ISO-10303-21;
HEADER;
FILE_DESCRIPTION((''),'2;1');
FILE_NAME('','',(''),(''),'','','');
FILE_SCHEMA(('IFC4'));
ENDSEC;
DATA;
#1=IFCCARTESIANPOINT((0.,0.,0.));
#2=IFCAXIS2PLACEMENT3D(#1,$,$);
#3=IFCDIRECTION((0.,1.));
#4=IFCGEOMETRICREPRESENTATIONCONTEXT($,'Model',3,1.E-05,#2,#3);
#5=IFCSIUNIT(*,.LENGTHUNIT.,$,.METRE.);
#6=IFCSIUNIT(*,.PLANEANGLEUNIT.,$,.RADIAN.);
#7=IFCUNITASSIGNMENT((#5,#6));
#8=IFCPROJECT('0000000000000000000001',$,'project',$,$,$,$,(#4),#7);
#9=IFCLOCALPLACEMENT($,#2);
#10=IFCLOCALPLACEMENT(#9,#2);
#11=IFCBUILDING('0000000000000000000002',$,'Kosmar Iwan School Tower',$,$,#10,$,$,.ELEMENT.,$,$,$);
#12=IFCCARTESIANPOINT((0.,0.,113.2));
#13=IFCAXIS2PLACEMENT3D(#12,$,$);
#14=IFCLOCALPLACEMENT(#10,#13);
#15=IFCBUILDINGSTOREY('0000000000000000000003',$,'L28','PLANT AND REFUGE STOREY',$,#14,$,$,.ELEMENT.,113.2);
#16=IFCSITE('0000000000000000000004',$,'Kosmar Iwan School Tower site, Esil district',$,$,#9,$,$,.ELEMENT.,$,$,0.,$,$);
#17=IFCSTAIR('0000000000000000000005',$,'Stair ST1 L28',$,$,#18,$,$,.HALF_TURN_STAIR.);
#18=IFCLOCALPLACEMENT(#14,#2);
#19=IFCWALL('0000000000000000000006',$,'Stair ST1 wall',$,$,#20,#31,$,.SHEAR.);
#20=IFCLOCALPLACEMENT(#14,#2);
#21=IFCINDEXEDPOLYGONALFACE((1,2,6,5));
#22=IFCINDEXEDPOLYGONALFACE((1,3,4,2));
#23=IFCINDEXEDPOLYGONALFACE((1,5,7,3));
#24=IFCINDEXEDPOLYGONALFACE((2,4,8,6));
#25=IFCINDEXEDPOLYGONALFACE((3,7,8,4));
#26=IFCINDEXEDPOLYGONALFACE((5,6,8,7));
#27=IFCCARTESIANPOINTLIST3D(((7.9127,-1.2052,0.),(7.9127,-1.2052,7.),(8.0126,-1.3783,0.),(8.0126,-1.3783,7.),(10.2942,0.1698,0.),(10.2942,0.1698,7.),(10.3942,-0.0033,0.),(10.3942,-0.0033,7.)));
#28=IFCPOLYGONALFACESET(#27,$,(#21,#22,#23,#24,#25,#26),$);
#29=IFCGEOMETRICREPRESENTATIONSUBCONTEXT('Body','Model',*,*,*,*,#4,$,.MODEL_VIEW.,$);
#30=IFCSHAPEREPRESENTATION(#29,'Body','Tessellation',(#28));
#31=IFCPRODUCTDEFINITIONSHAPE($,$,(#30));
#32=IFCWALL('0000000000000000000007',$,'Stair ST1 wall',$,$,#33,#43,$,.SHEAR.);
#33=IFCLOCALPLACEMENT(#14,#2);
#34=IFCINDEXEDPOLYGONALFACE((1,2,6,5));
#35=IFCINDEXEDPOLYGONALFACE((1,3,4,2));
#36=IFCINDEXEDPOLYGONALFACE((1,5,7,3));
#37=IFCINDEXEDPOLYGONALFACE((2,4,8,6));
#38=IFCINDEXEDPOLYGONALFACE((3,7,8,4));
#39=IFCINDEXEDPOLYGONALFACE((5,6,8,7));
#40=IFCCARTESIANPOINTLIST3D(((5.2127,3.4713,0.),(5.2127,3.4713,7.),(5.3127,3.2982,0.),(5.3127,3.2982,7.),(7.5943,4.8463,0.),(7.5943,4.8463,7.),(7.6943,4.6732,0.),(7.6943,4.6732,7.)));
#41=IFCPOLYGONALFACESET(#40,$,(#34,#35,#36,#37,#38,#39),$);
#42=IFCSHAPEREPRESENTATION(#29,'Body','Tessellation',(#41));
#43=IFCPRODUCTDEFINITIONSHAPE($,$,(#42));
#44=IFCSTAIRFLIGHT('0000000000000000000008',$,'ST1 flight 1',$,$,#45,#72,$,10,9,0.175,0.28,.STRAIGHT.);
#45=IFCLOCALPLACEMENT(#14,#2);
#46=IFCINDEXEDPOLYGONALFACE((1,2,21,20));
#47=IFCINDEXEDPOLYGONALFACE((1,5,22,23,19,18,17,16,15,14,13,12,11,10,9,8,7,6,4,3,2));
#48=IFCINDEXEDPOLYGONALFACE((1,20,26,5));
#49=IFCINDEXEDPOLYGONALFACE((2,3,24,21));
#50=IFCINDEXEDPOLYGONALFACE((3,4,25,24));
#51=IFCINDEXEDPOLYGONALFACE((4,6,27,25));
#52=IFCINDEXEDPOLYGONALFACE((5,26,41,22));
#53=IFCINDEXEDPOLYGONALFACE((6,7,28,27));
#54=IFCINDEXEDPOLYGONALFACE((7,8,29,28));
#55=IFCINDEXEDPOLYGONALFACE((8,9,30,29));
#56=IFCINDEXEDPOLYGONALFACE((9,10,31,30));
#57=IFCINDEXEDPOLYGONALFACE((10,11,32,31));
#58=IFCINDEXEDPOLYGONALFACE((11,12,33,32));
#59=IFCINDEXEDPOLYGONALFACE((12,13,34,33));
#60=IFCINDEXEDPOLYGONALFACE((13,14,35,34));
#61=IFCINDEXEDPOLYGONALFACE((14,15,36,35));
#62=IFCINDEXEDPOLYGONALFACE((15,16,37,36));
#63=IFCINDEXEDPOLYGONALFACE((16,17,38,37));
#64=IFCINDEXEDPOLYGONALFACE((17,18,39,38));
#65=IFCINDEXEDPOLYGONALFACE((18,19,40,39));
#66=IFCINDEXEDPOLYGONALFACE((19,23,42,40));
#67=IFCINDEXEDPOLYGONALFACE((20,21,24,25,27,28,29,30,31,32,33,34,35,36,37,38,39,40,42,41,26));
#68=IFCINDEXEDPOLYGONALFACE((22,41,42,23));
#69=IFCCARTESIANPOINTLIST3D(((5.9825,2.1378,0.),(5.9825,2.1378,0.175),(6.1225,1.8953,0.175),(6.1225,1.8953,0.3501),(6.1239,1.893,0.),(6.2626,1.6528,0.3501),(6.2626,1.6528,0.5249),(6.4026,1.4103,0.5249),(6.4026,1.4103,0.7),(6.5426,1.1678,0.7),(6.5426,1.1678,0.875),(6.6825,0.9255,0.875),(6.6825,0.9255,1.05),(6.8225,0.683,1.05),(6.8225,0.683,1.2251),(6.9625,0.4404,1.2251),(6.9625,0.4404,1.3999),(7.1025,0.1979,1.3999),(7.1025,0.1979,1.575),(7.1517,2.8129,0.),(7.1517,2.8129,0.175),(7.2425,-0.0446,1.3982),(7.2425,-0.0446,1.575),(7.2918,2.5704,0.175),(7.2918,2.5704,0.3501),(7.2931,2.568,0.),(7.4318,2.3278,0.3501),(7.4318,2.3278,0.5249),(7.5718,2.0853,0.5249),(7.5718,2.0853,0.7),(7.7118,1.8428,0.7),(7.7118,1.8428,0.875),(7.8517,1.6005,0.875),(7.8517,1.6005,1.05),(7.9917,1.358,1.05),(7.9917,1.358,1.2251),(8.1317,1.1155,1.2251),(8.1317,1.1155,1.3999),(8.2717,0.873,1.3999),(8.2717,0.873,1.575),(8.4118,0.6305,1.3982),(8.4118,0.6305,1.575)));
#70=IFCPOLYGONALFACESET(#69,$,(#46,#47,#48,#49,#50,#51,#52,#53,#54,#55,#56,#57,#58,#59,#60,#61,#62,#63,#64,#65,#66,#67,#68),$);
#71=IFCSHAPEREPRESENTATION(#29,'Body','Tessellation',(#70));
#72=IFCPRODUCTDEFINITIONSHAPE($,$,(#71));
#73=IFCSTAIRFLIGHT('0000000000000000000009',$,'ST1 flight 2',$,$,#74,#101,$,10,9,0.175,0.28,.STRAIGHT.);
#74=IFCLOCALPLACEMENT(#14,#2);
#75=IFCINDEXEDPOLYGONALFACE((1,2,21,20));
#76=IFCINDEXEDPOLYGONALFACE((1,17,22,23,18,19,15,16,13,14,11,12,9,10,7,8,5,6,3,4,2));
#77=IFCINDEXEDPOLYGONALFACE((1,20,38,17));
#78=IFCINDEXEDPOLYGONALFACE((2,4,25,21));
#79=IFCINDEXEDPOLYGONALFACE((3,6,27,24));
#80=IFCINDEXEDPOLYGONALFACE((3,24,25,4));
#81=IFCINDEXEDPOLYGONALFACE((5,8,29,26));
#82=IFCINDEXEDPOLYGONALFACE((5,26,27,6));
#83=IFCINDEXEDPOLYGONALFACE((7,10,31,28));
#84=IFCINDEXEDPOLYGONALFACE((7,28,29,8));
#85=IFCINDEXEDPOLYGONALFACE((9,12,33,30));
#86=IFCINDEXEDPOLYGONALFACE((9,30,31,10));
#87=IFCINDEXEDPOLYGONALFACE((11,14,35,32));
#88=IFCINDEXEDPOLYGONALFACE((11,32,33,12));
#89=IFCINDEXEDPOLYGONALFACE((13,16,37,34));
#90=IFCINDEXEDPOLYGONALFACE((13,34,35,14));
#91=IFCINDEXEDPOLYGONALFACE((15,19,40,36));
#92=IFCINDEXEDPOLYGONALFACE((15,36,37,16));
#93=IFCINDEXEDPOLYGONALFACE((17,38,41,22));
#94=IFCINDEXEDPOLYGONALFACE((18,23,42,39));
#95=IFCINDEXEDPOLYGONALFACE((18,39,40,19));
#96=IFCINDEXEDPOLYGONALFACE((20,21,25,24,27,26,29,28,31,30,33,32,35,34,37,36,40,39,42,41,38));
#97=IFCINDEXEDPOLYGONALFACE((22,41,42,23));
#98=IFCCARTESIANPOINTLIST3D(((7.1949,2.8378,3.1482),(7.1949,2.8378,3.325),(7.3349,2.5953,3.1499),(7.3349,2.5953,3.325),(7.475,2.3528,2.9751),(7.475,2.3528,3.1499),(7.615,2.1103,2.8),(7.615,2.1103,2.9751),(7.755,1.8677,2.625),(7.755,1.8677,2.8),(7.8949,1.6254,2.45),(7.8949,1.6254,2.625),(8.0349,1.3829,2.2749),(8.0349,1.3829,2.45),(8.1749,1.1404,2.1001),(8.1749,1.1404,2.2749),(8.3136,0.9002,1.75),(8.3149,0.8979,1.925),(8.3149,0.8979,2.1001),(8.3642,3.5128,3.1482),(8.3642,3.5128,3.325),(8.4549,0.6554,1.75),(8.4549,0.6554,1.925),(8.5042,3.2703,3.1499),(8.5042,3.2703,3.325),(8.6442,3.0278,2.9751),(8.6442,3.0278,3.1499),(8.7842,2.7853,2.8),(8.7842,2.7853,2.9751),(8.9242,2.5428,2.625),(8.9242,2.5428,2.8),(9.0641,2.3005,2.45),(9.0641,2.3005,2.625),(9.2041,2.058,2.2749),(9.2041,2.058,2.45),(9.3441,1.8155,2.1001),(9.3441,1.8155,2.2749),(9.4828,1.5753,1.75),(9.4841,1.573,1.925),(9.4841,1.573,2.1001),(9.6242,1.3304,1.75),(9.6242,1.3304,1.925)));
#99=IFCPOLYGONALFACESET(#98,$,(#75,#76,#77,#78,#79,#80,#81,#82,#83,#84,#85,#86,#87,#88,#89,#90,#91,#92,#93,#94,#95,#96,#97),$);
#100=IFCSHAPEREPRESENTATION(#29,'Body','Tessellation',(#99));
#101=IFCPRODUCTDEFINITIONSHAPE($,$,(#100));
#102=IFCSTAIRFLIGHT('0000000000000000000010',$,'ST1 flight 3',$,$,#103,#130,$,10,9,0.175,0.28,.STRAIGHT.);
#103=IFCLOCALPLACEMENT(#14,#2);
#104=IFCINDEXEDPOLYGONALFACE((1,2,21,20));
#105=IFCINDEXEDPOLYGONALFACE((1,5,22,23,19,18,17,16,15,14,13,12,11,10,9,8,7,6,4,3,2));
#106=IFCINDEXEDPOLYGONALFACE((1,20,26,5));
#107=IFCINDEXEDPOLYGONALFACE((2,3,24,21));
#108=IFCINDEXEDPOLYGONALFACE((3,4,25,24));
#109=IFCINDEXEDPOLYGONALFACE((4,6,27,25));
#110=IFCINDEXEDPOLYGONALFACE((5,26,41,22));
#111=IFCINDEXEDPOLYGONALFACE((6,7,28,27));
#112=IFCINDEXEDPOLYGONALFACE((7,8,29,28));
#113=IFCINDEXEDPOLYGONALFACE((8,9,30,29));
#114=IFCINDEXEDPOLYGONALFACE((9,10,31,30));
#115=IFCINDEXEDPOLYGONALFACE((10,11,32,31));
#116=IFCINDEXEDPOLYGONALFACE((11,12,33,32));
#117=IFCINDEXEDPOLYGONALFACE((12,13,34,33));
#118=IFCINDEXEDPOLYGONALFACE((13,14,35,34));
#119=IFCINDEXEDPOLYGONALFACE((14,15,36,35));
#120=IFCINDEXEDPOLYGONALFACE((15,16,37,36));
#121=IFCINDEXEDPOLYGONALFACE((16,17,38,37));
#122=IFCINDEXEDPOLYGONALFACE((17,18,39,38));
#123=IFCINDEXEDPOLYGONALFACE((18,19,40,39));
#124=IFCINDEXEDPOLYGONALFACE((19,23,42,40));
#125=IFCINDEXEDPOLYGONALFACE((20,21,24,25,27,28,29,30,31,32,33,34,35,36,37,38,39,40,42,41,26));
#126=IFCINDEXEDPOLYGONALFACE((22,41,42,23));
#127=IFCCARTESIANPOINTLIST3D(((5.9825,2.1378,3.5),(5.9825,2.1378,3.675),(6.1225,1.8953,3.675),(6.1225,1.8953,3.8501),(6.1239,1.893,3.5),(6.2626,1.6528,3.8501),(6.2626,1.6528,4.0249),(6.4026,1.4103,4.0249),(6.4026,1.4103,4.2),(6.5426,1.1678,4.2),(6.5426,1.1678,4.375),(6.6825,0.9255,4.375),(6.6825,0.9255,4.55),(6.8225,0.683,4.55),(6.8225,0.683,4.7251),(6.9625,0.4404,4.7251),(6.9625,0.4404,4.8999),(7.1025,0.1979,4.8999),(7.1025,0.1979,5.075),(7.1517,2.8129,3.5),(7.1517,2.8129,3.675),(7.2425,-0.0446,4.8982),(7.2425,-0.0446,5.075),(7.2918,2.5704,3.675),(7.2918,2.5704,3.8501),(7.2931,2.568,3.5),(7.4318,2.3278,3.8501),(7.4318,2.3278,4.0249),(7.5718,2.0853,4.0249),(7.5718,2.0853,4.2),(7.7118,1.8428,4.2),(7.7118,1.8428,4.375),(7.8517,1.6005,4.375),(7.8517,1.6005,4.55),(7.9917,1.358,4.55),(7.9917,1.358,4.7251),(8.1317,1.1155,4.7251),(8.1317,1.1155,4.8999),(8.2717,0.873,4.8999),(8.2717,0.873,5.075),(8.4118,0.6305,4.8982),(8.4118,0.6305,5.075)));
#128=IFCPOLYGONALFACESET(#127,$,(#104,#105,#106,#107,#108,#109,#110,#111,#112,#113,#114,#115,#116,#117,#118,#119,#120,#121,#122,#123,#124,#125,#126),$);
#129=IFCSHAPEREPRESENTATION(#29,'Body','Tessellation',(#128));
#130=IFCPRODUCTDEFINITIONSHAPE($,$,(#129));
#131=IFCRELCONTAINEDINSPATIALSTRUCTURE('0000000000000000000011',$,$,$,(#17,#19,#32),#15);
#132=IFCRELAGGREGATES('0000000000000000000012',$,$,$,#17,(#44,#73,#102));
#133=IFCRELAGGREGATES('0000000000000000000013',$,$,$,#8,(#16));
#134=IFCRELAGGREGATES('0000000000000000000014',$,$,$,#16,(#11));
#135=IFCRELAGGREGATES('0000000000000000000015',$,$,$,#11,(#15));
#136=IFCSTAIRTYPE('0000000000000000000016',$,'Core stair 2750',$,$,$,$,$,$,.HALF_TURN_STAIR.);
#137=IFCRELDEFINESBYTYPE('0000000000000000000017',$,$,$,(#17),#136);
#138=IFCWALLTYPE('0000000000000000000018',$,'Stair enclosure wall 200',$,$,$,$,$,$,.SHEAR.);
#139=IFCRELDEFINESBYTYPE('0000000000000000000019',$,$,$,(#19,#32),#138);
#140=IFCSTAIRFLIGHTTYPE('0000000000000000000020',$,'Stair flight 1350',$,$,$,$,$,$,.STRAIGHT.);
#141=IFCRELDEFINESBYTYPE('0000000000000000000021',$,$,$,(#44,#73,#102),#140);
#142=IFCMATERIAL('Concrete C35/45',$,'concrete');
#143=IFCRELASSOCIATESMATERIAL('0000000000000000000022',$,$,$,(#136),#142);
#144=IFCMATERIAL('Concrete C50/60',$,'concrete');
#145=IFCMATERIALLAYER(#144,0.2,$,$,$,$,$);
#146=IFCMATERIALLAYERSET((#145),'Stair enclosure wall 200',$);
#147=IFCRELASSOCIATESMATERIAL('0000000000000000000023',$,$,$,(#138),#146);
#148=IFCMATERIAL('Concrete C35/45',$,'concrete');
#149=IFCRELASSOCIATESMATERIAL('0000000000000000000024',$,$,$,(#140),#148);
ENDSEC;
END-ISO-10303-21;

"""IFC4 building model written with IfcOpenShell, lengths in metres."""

from ifc_helpers import new_model, si_unit, direction, frame, frame_2d, origin, place, context, subcontext, project, spatial, polyline, rectangle, outline, extrude, material, layer, layer_set, type_object, element, aggregate, save


model = new_model("IFC4")

# Units and contexts
model_context = context("Model", 3, precision=1e-05, world=origin(), true_north=direction((0.0, 1.0)))
body_context = subcontext(model_context, "Body", "Model", "MODEL_VIEW")
ifc_project = project(units=[si_unit("LENGTHUNIT", "METRE"), si_unit("PLANEANGLEUNIT", "RADIAN")], contexts=[model_context])

# Site, building, storey
site_placement = place(None, origin())
site = spatial("IfcSite", under=ifc_project, at=site_placement, Name="Kosmar Iwan School Tower site, Esil district", CompositionType="ELEMENT", RefElevation=0.0)
building_placement = place(site_placement, origin())
building = spatial("IfcBuilding", under=site, at=building_placement, Name="Kosmar Iwan School Tower", CompositionType="ELEMENT")
storey_placement = place(building_placement, frame((0.0, 0.0, 113.2)))
storey = spatial("IfcBuildingStorey", under=building, at=storey_placement, Name="L28", Description="PLANT AND REFUGE STOREY", CompositionType="ELEMENT", Elevation=113.2)

# Stair
ifc_material_1 = material(Name="Concrete C35/45", Category="concrete")
stair_type_1 = type_object("IfcStairType", Name="Core stair 2750", PredefinedType="HALF_TURN_STAIR", material=ifc_material_1)
stair_1_placement = place(storey_placement, origin())
stair_1 = element("IfcStair", 1, at=stair_1_placement, inside=storey, type_object=stair_type_1, Name="Stair ST1 L28", PredefinedType="HALF_TURN_STAIR")

# Walls
ifc_material_2 = material(Name="Concrete C50/60", Category="concrete")
ifc_layer_1 = layer(ifc_material_2, 0.2)
ifc_layer_set_1 = layer_set([ifc_layer_1], Name="Stair enclosure wall 200")
wall_type_1 = type_object("IfcWallType", Name="Stair enclosure wall 200", PredefinedType="SHEAR", material=ifc_layer_set_1)
for number, where, z_axis, x_axis, name in (
    (2, (7.9626, -1.2917, 0.0), (0.0, 0.0, 1.0), (0.866027, 0.499997, 0.0), "Stair ST1 wall"),
    (3, (5.2627, 3.3848, 0.0), (0.0, 0.0, 1.0), (0.866027, 0.499997, 0.0), "Stair ST1 wall"),
):
    element("IfcWall", number, at=place(storey_placement, frame(where, z_axis=z_axis, x_axis=x_axis)), inside=storey, type_object=wall_type_1, Name=name, PredefinedType="SHEAR", context=body_context, shape_type="SweptSolid", body=[
        extrude(rectangle(XDim=2.75, YDim=0.2, at=frame_2d((1.375, 0.0))), origin(), (0.0, 0.0, 1.0), 7.0),
    ])

# Stair flights
ifc_material_3 = material(Name="Concrete C35/45", Category="concrete")
stair_flight_type = type_object("IfcStairFlightType", Name="Stair flight 1350", PredefinedType="STRAIGHT", material=ifc_material_3)
stair_flight_1_placement = place(storey_placement, frame((6.5671, 2.4753, 0.0), z_axis=(0.0, 0.0, 1.0), x_axis=(0.5, -0.866025, 0.0)))
stair_flight_1 = element("IfcStairFlight", 4, at=stair_flight_1_placement, type_object=stair_flight_type, Name="ST1 flight 1", NumberOfRisers=10, NumberOfTreads=9, PredefinedType="STRAIGHT", RiserHeight=0.175, TreadLength=0.28, context=body_context, shape_type="SweptSolid", body=[
    extrude(outline(polyline([(0.0, 0.0), (0.0, 0.175), (0.28, 0.175), (0.28, 0.3501), (0.5601, 0.3501), (0.5601, 0.5249), (0.8401, 0.5249), (0.8401, 0.7), (1.1201, 0.7), (1.1201, 0.875), (1.3999, 0.875), (1.3999, 1.05), (1.6799, 1.05), (1.6799, 1.2251), (1.96, 1.2251), (1.96, 1.3999), (2.24, 1.3999), (2.24, 1.575), (2.52, 1.575), (2.52, 1.75), (2.52, 1.3982), (0.2827, 0.0), (0.0, 0.0)])), frame((0.0, 0.675, 0.0), z_axis=(0.0, -1.0, 0.0), x_axis=(1.0, 0.0, 0.0)), (0.0, 0.0, 1.0), 1.3501),
])
stair_flight_2_placement = place(storey_placement, frame((9.0396, 0.9929, 1.75), z_axis=(0.0, 0.0, 1.0), x_axis=(-0.5, 0.866025, 0.0)))
stair_flight_2 = element("IfcStairFlight", 5, at=stair_flight_2_placement, type_object=stair_flight_type, Name="ST1 flight 2", NumberOfRisers=10, NumberOfTreads=9, PredefinedType="STRAIGHT", RiserHeight=0.175, TreadLength=0.28, context=body_context, shape_type="SweptSolid", body=[
    extrude(outline(polyline([(0.0, 0.0), (0.0, 0.175), (0.28, 0.175), (0.28, 0.3501), (0.5601, 0.3501), (0.5601, 0.5249), (0.8401, 0.5249), (0.8401, 0.7), (1.1201, 0.7), (1.1201, 0.875), (1.3999, 0.875), (1.3999, 1.05), (1.6799, 1.05), (1.6799, 1.2251), (1.96, 1.2251), (1.96, 1.3999), (2.24, 1.3999), (2.24, 1.575), (2.52, 1.575), (2.52, 1.75), (2.52, 1.3982), (0.2827, 0.0), (0.0, 0.0)])), frame((0.0, 0.675, 0.0), z_axis=(0.0, -1.0, 0.0), x_axis=(1.0, 0.0, 0.0)), (0.0, 0.0, 1.0), 1.3501),
])
stair_flight_3_placement = place(storey_placement, frame((6.5671, 2.4753, 3.5), z_axis=(0.0, 0.0, 1.0), x_axis=(0.5, -0.866025, 0.0)))
stair_flight_3 = element("IfcStairFlight", 6, at=stair_flight_3_placement, type_object=stair_flight_type, Name="ST1 flight 3", NumberOfRisers=10, NumberOfTreads=9, PredefinedType="STRAIGHT", RiserHeight=0.175, TreadLength=0.28, context=body_context, shape_type="SweptSolid", body=[
    extrude(outline(polyline([(0.0, 0.0), (0.0, 0.175), (0.28, 0.175), (0.28, 0.3501), (0.5601, 0.3501), (0.5601, 0.5249), (0.8401, 0.5249), (0.8401, 0.7), (1.1201, 0.7), (1.1201, 0.875), (1.3999, 0.875), (1.3999, 1.05), (1.6799, 1.05), (1.6799, 1.2251), (1.96, 1.2251), (1.96, 1.3999), (2.24, 1.3999), (2.24, 1.575), (2.52, 1.575), (2.52, 1.75), (2.52, 1.3982), (0.2827, 0.0), (0.0, 0.0)])), frame((0.0, 0.675, 0.0), z_axis=(0.0, -1.0, 0.0), x_axis=(1.0, 0.0, 0.0)), (0.0, 0.0, 1.0), 1.3501),
])
aggregate(stair_1, [stair_flight_1, stair_flight_2, stair_flight_3])

save(model, "model.ifc")
